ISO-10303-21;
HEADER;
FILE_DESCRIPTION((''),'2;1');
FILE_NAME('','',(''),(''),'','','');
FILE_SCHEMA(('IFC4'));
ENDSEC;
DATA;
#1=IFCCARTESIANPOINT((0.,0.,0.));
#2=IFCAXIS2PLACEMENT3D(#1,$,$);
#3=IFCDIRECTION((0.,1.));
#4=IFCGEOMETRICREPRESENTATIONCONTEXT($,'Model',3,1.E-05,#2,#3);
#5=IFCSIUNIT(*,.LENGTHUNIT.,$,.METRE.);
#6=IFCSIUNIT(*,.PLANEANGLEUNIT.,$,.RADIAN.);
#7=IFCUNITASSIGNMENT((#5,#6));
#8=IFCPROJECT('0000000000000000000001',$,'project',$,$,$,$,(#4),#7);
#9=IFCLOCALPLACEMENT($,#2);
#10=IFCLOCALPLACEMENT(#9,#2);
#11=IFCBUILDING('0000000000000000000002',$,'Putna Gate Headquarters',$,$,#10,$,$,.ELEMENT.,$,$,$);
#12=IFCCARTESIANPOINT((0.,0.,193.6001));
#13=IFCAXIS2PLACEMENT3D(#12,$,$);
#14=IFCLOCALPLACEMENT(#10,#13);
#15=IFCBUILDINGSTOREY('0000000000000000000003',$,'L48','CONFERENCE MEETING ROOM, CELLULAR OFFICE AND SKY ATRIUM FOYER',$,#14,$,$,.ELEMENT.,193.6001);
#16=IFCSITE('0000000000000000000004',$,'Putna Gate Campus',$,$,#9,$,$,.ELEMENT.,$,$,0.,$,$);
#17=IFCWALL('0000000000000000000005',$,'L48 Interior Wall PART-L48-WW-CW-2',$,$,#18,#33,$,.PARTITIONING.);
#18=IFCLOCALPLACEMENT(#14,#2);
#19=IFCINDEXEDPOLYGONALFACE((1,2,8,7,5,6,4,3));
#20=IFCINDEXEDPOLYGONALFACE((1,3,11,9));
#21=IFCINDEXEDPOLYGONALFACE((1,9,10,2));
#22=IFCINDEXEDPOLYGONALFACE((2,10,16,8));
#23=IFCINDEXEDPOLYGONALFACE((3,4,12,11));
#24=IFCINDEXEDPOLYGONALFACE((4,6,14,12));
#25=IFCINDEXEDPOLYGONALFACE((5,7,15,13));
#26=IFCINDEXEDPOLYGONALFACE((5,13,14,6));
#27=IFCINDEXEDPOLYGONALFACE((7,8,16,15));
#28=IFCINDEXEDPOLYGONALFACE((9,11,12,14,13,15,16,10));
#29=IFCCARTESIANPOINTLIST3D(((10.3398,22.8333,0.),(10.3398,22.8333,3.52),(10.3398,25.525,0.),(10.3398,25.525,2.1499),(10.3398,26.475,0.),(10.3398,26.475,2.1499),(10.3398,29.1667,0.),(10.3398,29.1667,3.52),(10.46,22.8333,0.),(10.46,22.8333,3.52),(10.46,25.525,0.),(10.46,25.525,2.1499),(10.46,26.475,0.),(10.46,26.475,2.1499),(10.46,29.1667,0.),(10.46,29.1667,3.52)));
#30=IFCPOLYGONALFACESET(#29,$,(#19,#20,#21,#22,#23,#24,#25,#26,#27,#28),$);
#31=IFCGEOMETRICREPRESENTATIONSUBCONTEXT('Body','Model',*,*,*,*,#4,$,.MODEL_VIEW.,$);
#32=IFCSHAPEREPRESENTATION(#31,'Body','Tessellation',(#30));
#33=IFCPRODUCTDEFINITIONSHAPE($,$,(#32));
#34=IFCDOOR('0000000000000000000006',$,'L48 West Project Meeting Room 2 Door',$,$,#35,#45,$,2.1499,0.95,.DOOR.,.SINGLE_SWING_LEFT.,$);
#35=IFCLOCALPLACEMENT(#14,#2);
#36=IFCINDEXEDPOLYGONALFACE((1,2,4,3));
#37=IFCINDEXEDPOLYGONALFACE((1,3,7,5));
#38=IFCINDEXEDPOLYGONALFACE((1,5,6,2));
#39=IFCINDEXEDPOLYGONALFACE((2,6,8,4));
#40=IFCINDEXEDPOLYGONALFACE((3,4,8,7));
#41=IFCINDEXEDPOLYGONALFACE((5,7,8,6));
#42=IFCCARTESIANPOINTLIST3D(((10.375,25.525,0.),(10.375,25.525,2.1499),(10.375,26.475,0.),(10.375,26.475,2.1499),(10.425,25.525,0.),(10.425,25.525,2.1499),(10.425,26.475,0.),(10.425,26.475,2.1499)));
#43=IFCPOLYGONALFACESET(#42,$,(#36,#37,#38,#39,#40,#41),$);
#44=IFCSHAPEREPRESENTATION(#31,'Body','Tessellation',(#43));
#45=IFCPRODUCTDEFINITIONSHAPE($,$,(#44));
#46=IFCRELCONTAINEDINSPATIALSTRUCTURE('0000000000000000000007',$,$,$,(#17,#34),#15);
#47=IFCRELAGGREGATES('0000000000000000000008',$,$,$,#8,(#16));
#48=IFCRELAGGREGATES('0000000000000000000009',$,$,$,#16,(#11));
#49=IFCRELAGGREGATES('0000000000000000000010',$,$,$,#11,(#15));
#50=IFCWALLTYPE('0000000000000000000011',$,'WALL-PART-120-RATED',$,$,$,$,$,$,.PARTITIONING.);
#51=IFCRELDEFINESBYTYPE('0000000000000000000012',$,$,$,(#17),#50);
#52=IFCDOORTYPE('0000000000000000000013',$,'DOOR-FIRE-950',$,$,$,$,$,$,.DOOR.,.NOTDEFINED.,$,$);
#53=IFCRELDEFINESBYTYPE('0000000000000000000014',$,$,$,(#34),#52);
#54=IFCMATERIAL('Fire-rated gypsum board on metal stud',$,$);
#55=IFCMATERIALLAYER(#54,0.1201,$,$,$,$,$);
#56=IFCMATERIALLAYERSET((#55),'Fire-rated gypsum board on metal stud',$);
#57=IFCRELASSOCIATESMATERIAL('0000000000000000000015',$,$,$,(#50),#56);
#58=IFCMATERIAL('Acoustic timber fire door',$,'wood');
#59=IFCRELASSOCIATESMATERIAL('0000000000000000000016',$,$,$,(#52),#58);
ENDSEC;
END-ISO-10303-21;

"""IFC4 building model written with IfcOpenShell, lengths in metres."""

from ifc_helpers import new_model, si_unit, direction, frame, frame_2d, origin, place, context, subcontext, project, spatial, rectangle, extrude, material, layer, layer_set, type_object, element, fill, save


model = new_model("IFC4")

# Units and contexts
model_context = context("Model", 3, precision=1e-05, world=origin(), true_north=direction((0.0, 1.0)))
body_context = subcontext(model_context, "Body", "Model", "MODEL_VIEW")
ifc_project = project(units=[si_unit("LENGTHUNIT", "METRE"), si_unit("PLANEANGLEUNIT", "RADIAN")], contexts=[model_context])

# Site, building, storey
site_placement = place(None, origin())
site = spatial("IfcSite", under=ifc_project, at=site_placement, Name="Putna Gate Campus", CompositionType="ELEMENT", RefElevation=0.0)
building_placement = place(site_placement, origin())
building = spatial("IfcBuilding", under=site, at=building_placement, Name="Putna Gate Headquarters", CompositionType="ELEMENT")
storey_placement = place(building_placement, frame((0.0, 0.0, 193.6001)))
storey = spatial("IfcBuildingStorey", under=building, at=storey_placement, Name="L48", Description="CONFERENCE MEETING ROOM, CELLULAR OFFICE AND SKY ATRIUM FOYER", CompositionType="ELEMENT", Elevation=193.6001)

# Wall, opening, door
ifc_material_1 = material(Name="Fire-rated gypsum board on metal stud")
ifc_layer_1 = layer(ifc_material_1, 0.1201)
ifc_layer_set_1 = layer_set([ifc_layer_1], Name="Fire-rated gypsum board on metal stud")
wall_type_1 = type_object("IfcWallType", Name="WALL-PART-120-RATED", PredefinedType="PARTITIONING", material=ifc_layer_set_1)
ifc_material_2 = material(Name="Acoustic timber fire door", Category="wood")
door_type = type_object("IfcDoorType", Name="DOOR-FIRE-950", OperationType="NOTDEFINED", PredefinedType="DOOR", material=ifc_material_2)
wall_1_placement = place(storey_placement, frame((10.3999, 22.8333, 0.0), z_axis=(0.0, 0.0, 1.0), x_axis=(0.0, 1.0, 0.0)))
wall_1 = element("IfcWall", 1, at=wall_1_placement, inside=storey, type_object=wall_type_1, Name="L48 Interior Wall PART-L48-WW-CW-2", PredefinedType="PARTITIONING", context=body_context, shape_type="SweptSolid", body=[
    extrude(rectangle(XDim=6.3335, YDim=0.1201, at=frame_2d((3.1667, 0.0))), origin(), (0.0, 0.0, 1.0), 3.52),
])
opening_1_placement = place(wall_1_placement, frame((2.6917, 0.0, 0.0)))
opening_1 = element("IfcOpeningElement", 2, at=opening_1_placement, cuts=wall_1, PredefinedType="OPENING", context=body_context, shape_type="SweptSolid", body=[
    extrude(rectangle(XDim=0.95, YDim=2.1499, at=frame_2d((0.4751, 1.075))), frame((0.0, 0.0701, 0.0), z_axis=(0.0, -1.0, 0.0), x_axis=(1.0, 0.0, 0.0)), (0.0, 0.0, 1.0), 0.1401),
])
door_1_placement = place(opening_1_placement, origin())
door_1 = element("IfcDoor", 3, at=door_1_placement, inside=storey, type_object=door_type, Name="L48 West Project Meeting Room 2 Door", OperationType="SINGLE_SWING_LEFT", OverallHeight=2.1499, OverallWidth=0.95, PredefinedType="DOOR", context=body_context, shape_type="SweptSolid", body=[
    extrude(rectangle(XDim=0.95, YDim=2.1499, at=frame_2d((0.4751, 1.075))), frame((0.0, 0.0249, 0.0), z_axis=(0.0, -1.0, 0.0), x_axis=(1.0, 0.0, 0.0)), (0.0, 0.0, 1.0), 0.05),
])
fill(opening_1, door_1)

save(model, "model.ifc")
